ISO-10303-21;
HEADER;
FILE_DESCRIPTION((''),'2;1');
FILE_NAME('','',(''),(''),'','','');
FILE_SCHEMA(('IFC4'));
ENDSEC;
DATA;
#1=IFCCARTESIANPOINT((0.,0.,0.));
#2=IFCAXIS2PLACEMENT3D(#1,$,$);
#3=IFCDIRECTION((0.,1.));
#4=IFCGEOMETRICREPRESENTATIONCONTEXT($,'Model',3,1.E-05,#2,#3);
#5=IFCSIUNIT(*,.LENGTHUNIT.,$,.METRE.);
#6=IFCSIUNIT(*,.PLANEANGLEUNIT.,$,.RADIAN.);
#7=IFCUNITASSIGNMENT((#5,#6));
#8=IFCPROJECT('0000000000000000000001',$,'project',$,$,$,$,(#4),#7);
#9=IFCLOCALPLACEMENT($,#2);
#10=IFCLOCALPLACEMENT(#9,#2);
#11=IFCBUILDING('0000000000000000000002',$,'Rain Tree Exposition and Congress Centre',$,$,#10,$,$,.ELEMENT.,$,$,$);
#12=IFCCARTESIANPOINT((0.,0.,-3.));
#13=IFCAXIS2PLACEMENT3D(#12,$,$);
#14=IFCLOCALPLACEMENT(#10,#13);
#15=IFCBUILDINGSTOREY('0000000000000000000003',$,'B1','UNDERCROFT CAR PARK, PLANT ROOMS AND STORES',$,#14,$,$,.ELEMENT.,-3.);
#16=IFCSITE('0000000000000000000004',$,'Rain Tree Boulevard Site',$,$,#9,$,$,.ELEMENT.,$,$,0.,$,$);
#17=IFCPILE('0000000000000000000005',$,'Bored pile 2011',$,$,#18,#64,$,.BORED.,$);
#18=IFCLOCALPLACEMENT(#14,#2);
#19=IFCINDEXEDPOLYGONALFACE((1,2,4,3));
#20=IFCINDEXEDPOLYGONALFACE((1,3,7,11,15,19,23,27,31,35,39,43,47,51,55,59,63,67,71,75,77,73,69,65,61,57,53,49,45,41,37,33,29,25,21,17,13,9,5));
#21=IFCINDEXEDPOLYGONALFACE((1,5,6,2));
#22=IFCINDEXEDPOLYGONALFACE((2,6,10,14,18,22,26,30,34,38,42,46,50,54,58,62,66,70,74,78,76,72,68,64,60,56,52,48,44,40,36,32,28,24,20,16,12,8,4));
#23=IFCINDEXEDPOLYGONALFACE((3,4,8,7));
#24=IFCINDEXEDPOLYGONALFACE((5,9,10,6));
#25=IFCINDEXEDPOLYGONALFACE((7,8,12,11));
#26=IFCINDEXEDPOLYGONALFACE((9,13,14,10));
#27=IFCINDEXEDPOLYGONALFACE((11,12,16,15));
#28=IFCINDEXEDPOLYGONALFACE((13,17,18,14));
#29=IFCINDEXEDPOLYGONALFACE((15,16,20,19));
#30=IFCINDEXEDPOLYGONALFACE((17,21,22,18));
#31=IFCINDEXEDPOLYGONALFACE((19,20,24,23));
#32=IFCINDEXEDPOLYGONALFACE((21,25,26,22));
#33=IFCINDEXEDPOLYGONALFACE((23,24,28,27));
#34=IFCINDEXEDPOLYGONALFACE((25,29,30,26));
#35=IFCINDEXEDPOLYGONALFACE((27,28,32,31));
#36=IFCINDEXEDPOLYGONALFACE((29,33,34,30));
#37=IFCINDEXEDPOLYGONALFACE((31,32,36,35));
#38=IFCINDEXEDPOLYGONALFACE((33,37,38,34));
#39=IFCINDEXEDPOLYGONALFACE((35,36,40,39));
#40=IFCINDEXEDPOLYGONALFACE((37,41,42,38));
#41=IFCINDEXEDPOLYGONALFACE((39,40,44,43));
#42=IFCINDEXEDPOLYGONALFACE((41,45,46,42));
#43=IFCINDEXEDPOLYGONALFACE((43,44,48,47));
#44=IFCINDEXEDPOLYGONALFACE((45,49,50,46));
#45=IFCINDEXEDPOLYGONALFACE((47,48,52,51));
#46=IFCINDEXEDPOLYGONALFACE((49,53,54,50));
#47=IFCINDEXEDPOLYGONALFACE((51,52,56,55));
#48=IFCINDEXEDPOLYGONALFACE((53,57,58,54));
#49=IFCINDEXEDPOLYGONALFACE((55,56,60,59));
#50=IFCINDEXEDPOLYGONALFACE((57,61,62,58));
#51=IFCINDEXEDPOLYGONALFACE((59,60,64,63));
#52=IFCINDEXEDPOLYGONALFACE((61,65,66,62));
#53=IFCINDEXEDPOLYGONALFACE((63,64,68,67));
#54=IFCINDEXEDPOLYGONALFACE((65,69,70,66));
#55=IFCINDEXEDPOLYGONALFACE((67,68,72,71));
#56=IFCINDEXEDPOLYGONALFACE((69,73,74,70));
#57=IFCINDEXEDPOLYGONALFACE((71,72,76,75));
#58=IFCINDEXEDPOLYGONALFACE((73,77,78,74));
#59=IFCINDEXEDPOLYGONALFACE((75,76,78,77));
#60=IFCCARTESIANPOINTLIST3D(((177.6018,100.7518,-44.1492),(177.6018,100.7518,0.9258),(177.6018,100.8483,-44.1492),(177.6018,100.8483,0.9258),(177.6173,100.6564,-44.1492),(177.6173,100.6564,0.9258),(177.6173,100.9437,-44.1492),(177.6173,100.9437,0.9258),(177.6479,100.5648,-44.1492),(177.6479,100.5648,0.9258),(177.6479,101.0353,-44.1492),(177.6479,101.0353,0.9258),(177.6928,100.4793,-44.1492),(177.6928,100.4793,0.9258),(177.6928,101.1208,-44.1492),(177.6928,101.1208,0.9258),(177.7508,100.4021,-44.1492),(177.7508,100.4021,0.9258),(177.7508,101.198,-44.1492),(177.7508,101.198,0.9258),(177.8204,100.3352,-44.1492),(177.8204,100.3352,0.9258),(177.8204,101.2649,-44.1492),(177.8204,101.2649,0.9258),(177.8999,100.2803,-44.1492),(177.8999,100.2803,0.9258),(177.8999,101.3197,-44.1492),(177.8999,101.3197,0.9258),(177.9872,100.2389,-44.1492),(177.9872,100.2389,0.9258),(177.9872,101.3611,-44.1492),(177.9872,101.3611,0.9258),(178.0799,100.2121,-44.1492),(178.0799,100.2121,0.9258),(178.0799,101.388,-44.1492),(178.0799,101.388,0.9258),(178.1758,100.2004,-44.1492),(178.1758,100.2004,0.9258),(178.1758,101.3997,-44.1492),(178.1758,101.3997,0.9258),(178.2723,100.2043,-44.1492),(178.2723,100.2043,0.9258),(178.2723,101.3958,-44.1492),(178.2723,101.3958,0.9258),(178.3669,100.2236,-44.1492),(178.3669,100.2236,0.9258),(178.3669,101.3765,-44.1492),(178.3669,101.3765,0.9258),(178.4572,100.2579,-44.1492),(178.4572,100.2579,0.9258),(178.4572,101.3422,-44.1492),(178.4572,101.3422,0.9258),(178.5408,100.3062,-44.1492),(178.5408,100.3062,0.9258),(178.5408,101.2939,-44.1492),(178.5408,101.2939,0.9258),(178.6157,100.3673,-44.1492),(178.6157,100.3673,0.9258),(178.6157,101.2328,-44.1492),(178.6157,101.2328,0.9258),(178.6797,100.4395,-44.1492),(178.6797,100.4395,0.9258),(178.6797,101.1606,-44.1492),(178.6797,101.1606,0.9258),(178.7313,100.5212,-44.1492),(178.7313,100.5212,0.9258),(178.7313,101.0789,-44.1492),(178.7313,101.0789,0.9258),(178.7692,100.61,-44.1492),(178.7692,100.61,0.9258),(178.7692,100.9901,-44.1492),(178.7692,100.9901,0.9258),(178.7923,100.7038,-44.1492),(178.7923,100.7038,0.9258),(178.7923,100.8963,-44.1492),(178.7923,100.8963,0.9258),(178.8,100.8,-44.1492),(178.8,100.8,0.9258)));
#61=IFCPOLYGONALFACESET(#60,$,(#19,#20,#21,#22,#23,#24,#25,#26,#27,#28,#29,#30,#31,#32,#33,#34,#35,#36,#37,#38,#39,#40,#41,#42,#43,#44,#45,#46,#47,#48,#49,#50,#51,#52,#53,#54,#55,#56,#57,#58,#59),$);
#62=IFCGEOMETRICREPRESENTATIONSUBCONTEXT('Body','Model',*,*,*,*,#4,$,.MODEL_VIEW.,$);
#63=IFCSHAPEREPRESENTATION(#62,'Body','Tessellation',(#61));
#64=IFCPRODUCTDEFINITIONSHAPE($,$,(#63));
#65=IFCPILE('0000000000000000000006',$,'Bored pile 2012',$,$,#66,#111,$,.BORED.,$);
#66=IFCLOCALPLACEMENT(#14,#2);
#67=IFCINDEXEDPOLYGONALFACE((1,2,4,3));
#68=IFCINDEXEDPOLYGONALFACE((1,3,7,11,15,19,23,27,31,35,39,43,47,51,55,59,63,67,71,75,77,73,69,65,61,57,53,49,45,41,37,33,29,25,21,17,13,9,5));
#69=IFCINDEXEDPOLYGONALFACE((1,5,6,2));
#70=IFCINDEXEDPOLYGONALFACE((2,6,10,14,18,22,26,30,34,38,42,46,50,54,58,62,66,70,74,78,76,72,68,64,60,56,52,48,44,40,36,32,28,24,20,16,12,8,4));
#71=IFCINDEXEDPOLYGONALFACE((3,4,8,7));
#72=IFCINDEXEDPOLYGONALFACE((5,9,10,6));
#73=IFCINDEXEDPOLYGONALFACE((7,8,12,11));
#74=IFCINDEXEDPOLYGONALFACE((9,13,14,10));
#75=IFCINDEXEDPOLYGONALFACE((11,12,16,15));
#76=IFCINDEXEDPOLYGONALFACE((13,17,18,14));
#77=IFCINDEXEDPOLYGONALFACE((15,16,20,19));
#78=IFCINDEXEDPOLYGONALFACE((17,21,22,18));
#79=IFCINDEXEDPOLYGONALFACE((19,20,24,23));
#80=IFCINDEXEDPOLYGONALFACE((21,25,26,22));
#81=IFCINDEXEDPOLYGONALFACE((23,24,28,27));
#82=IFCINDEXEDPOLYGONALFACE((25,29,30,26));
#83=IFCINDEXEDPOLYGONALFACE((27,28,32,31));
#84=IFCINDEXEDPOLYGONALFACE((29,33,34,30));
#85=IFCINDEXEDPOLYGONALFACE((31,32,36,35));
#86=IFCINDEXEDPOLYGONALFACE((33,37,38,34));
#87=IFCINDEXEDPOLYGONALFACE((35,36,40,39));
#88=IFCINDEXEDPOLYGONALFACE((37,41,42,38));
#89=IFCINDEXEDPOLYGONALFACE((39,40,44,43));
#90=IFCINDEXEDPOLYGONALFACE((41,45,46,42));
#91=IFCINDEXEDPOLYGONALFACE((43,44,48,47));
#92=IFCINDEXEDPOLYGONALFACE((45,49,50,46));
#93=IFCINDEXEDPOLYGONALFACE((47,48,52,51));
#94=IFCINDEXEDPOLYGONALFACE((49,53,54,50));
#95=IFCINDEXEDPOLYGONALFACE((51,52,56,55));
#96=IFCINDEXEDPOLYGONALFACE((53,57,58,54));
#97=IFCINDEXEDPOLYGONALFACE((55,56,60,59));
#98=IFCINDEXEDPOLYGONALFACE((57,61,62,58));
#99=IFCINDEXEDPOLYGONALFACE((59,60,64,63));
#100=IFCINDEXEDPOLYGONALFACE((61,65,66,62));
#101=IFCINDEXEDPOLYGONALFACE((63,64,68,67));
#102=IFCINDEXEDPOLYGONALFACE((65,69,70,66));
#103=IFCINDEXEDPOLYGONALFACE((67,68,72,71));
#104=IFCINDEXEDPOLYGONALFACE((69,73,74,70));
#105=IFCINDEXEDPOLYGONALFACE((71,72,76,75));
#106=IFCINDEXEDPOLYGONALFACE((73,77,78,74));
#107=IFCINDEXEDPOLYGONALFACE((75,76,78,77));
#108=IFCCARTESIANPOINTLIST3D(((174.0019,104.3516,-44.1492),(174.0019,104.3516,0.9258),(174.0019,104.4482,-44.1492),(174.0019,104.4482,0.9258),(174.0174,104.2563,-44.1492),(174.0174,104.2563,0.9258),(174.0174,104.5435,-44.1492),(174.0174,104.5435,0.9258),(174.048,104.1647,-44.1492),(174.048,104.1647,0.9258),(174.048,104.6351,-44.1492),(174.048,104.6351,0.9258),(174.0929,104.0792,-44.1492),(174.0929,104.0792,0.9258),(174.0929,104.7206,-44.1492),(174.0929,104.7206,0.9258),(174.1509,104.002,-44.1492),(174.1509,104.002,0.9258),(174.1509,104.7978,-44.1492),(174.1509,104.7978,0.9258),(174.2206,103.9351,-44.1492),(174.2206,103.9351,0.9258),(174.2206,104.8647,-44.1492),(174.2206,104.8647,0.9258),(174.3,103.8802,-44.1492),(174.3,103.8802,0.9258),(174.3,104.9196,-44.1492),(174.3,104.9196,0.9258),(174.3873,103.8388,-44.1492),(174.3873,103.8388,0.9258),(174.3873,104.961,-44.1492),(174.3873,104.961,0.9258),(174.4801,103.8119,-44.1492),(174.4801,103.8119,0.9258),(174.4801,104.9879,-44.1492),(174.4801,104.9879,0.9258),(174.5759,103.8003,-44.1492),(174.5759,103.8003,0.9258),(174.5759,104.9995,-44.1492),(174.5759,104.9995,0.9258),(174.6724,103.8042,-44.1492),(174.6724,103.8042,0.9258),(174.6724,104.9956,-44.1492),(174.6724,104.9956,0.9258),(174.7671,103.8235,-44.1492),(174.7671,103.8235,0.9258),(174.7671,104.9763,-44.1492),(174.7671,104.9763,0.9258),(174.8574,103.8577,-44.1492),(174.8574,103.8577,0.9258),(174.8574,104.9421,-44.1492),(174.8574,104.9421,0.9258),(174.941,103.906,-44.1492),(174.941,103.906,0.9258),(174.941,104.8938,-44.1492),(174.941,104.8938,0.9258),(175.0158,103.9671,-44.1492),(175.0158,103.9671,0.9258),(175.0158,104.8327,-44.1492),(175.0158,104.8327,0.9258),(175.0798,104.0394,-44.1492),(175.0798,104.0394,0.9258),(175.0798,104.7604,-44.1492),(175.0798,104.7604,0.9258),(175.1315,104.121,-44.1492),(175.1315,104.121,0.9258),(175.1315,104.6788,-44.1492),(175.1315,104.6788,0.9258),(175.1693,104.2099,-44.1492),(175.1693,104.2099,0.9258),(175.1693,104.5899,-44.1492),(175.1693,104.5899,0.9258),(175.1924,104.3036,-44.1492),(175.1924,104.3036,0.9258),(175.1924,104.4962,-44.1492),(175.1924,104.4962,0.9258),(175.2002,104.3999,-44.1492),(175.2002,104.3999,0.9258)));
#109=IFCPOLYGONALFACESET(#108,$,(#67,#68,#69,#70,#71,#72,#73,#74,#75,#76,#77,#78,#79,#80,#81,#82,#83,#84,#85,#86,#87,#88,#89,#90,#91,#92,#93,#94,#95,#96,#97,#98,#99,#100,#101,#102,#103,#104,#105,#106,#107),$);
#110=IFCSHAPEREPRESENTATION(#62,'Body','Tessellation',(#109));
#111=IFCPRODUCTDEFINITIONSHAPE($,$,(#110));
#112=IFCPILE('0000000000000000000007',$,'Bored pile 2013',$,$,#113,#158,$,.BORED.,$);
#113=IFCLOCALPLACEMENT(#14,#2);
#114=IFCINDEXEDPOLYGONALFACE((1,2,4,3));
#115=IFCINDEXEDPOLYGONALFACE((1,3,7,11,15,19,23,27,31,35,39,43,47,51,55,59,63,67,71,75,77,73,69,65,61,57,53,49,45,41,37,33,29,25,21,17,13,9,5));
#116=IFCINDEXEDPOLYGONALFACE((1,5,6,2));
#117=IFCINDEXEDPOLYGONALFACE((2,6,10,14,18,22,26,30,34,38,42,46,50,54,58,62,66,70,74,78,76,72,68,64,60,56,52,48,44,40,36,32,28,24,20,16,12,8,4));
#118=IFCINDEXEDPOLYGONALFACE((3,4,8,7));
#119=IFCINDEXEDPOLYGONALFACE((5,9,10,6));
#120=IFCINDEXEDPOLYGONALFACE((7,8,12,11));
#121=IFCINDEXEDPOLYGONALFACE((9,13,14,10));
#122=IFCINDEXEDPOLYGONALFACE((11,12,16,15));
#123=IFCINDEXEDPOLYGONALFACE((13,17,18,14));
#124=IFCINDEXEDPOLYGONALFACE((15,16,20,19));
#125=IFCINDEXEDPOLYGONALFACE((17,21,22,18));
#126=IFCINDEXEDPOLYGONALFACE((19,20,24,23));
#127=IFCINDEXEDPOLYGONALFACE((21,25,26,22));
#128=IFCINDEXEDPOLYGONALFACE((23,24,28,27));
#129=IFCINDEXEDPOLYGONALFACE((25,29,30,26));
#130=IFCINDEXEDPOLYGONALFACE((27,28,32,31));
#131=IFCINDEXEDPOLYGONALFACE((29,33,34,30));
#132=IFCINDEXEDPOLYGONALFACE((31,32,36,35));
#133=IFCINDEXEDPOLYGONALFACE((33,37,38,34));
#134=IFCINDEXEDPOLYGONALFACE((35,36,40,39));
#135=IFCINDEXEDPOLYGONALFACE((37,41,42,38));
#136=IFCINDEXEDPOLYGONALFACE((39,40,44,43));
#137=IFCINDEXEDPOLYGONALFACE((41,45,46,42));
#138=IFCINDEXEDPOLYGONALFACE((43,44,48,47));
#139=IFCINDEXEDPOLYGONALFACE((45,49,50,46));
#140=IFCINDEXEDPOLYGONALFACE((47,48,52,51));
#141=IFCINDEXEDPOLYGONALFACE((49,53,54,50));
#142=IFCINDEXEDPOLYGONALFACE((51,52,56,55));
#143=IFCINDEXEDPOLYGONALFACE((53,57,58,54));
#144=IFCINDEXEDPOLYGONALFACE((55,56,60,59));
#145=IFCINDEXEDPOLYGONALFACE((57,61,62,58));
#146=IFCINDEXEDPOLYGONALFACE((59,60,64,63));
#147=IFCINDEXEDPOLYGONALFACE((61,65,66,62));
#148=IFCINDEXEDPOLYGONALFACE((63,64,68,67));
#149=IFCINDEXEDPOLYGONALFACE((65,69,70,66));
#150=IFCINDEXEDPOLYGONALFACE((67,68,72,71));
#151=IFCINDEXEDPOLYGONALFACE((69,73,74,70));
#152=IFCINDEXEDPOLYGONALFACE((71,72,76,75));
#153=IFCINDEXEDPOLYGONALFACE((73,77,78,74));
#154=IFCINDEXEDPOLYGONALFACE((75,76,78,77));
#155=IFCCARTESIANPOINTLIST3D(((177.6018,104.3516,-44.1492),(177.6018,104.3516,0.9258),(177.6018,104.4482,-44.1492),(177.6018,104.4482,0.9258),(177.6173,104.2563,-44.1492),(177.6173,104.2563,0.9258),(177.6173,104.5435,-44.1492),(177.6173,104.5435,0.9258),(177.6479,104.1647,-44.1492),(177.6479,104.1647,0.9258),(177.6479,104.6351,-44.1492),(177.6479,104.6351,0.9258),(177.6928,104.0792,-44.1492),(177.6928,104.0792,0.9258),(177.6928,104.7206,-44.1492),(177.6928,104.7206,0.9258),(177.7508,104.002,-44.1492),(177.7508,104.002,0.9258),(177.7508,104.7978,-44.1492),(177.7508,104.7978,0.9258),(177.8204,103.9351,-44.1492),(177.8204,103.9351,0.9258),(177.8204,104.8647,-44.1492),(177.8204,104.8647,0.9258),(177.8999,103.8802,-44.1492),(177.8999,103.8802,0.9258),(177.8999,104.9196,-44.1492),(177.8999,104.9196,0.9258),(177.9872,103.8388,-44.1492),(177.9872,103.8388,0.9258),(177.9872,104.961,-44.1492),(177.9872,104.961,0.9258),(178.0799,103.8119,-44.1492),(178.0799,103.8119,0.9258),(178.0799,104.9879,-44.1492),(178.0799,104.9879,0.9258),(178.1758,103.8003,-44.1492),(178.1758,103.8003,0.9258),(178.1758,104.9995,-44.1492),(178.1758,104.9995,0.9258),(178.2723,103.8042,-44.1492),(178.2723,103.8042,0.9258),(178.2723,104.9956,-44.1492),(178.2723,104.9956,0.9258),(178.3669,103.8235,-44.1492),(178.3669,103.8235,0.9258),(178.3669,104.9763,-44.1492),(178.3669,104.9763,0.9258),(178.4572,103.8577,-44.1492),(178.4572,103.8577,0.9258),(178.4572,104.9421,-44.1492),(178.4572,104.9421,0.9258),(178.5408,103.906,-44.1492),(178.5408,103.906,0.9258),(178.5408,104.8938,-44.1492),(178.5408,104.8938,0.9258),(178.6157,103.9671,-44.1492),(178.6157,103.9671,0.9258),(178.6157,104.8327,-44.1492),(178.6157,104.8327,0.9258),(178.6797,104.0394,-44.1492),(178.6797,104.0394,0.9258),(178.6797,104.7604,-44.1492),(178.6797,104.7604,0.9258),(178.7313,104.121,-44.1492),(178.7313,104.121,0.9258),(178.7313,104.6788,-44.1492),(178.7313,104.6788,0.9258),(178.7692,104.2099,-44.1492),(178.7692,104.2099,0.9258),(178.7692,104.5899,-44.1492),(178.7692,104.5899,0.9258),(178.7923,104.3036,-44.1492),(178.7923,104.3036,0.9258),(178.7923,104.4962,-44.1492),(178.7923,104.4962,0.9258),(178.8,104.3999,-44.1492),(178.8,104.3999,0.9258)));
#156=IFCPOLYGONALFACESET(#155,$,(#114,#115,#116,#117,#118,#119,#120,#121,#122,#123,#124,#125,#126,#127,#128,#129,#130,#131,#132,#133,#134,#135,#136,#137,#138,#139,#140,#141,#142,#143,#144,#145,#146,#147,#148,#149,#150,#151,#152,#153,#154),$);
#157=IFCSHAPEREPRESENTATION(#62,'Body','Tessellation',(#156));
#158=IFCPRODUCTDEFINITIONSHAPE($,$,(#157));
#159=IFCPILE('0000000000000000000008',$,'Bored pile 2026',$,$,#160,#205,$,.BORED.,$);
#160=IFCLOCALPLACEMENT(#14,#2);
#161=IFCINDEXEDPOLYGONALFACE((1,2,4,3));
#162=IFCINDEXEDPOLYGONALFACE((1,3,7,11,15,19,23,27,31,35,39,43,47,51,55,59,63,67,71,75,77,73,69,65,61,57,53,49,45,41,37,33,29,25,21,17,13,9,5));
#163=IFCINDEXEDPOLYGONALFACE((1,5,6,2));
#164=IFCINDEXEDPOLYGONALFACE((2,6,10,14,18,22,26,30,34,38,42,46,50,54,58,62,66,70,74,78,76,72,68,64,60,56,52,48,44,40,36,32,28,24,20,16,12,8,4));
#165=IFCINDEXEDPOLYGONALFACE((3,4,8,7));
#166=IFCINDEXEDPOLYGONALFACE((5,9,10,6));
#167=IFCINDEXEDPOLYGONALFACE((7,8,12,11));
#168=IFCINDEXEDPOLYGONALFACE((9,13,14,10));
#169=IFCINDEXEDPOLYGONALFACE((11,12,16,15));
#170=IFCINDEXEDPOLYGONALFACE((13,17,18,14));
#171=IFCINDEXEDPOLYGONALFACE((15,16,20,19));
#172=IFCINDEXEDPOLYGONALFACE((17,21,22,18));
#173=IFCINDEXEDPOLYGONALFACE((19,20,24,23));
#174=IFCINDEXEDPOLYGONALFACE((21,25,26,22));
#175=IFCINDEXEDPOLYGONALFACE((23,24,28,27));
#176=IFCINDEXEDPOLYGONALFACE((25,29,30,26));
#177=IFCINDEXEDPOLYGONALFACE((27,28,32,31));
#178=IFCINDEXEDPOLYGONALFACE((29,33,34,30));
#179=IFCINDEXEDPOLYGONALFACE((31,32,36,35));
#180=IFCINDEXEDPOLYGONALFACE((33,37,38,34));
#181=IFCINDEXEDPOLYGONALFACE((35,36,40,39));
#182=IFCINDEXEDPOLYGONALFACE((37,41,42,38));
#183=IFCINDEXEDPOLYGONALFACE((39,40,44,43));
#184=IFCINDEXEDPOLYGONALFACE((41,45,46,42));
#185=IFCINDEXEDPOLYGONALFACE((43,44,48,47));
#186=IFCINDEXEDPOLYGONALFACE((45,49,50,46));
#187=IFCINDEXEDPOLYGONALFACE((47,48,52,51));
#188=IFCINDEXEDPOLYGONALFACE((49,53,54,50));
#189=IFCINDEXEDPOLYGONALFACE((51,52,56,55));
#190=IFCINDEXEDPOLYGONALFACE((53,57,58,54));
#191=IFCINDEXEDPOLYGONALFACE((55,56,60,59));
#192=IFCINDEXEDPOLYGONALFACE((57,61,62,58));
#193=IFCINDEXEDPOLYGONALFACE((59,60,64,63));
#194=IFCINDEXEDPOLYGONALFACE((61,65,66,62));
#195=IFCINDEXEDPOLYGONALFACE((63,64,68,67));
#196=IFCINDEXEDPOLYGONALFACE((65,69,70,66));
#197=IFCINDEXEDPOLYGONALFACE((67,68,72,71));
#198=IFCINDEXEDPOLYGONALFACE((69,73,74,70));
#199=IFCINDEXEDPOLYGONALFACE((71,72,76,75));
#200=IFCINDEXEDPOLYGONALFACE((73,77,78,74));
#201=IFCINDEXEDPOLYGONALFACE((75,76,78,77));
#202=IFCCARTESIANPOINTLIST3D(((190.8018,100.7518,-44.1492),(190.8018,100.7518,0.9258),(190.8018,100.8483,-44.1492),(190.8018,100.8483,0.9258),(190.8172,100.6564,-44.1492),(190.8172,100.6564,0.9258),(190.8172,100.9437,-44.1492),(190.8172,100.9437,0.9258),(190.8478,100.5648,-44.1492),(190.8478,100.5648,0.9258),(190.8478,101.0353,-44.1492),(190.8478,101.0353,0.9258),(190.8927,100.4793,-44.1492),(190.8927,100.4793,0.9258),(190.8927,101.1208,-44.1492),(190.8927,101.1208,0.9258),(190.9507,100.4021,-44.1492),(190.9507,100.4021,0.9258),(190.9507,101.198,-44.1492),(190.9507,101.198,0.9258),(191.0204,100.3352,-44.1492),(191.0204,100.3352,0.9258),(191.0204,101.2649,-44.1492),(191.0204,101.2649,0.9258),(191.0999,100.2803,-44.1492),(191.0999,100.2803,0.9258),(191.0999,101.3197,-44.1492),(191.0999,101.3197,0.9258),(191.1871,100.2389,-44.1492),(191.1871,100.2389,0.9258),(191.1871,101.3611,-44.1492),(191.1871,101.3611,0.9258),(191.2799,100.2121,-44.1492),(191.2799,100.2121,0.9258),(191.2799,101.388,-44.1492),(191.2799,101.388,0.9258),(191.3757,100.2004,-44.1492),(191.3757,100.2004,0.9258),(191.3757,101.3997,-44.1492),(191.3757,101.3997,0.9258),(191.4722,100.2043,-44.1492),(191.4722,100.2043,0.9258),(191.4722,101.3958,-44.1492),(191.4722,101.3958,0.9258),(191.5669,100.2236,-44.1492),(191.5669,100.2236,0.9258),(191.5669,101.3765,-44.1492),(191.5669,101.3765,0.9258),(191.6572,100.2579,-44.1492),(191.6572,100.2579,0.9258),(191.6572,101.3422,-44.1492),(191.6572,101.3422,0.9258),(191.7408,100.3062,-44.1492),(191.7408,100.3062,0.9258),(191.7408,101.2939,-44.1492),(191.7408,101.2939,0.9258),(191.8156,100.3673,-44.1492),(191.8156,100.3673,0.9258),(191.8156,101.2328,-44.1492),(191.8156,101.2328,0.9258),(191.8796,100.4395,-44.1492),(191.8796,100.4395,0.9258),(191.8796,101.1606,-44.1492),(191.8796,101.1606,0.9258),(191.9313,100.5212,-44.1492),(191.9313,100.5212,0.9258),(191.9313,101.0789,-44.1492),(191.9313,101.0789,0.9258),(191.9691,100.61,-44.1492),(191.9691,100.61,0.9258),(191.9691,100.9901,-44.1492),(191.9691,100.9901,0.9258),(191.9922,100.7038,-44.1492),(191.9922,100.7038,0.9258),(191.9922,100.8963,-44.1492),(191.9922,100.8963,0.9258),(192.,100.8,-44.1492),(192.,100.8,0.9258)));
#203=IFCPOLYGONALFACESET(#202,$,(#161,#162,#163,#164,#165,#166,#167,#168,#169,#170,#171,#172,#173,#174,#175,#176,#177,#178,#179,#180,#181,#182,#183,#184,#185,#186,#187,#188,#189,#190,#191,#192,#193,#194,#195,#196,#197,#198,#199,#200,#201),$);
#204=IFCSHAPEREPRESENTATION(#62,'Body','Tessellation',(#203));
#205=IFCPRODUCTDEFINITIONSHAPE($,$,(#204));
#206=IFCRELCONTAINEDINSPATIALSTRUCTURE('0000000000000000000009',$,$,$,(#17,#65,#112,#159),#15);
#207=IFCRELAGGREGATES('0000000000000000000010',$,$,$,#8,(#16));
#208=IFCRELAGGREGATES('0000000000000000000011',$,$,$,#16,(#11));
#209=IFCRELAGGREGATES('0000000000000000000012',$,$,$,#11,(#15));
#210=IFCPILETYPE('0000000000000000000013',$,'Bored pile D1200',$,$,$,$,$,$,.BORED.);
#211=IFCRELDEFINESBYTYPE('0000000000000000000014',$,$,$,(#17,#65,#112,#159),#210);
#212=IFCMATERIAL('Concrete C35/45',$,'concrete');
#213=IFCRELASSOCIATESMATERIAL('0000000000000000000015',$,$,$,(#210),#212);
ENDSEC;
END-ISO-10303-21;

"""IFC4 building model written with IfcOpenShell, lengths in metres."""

from ifc_helpers import new_model, si_unit, direction, frame, origin, origin_2d, place, context, subcontext, project, spatial, circle, extrude, material, material_profile, profile_set, type_object, element, save


model = new_model("IFC4")

# Units and contexts
model_context = context("Model", 3, precision=1e-05, world=origin(), true_north=direction((0.0, 1.0)))
body_context = subcontext(model_context, "Body", "Model", "MODEL_VIEW")
ifc_project = project(units=[si_unit("LENGTHUNIT", "METRE"), si_unit("PLANEANGLEUNIT", "RADIAN")], contexts=[model_context])

# Site, building, storey
site_placement = place(None, origin())
site = spatial("IfcSite", under=ifc_project, at=site_placement, Name="Rain Tree Boulevard Site", CompositionType="ELEMENT", RefElevation=0.0)
building_placement = place(site_placement, origin())
building = spatial("IfcBuilding", under=site, at=building_placement, Name="Rain Tree Exposition and Congress Centre", CompositionType="ELEMENT")
storey_placement = place(building_placement, frame((0.0, 0.0, -3.0)))
storey = spatial("IfcBuildingStorey", under=building, at=storey_placement, Name="B1", Description="UNDERCROFT CAR PARK, PLANT ROOMS AND STORES", CompositionType="ELEMENT", Elevation=-3.0)

# Piles
ifc_material_1 = material(Name="Concrete C35/45", Category="concrete")
ifc_material_profile_1 = material_profile(ifc_material_1, circle(Radius=0.6001, at=origin_2d()), Name="D1200")
ifc_profile_set_1 = profile_set([ifc_material_profile_1], Name="Concrete C35/45")
pile_type_1 = type_object("IfcPileType", Name="Bored pile D1200", PredefinedType="BORED", material=ifc_profile_set_1)
for number, where, z_axis, x_axis, name in (
    (1, (178.2, 100.8, 0.9258), (0.0, 0.0, -1.0), (1.0, 0.0, 0.0), "Bored pile 2011"),
    (2, (174.6001, 104.3999, 0.9258), (0.0, 0.0, -1.0), (1.0, 0.0, 0.0), "Bored pile 2012"),
    (3, (178.2, 104.3999, 0.9258), (0.0, 0.0, -1.0), (1.0, 0.0, 0.0), "Bored pile 2013"),
    (4, (191.3999, 100.8, 0.9258), (0.0, 0.0, -1.0), (1.0, 0.0, 0.0), "Bored pile 2026"),
):
    element("IfcPile", number, at=place(storey_placement, frame(where, z_axis=z_axis, x_axis=x_axis)), inside=storey, type_object=pile_type_1, Name=name, PredefinedType="BORED", context=body_context, shape_type="SweptSolid", body=[
        extrude(circle(Radius=0.6001, at=origin_2d()), origin(), (0.0, 0.0, 1.0), 45.075),
    ])

save(model, "model.ifc")
